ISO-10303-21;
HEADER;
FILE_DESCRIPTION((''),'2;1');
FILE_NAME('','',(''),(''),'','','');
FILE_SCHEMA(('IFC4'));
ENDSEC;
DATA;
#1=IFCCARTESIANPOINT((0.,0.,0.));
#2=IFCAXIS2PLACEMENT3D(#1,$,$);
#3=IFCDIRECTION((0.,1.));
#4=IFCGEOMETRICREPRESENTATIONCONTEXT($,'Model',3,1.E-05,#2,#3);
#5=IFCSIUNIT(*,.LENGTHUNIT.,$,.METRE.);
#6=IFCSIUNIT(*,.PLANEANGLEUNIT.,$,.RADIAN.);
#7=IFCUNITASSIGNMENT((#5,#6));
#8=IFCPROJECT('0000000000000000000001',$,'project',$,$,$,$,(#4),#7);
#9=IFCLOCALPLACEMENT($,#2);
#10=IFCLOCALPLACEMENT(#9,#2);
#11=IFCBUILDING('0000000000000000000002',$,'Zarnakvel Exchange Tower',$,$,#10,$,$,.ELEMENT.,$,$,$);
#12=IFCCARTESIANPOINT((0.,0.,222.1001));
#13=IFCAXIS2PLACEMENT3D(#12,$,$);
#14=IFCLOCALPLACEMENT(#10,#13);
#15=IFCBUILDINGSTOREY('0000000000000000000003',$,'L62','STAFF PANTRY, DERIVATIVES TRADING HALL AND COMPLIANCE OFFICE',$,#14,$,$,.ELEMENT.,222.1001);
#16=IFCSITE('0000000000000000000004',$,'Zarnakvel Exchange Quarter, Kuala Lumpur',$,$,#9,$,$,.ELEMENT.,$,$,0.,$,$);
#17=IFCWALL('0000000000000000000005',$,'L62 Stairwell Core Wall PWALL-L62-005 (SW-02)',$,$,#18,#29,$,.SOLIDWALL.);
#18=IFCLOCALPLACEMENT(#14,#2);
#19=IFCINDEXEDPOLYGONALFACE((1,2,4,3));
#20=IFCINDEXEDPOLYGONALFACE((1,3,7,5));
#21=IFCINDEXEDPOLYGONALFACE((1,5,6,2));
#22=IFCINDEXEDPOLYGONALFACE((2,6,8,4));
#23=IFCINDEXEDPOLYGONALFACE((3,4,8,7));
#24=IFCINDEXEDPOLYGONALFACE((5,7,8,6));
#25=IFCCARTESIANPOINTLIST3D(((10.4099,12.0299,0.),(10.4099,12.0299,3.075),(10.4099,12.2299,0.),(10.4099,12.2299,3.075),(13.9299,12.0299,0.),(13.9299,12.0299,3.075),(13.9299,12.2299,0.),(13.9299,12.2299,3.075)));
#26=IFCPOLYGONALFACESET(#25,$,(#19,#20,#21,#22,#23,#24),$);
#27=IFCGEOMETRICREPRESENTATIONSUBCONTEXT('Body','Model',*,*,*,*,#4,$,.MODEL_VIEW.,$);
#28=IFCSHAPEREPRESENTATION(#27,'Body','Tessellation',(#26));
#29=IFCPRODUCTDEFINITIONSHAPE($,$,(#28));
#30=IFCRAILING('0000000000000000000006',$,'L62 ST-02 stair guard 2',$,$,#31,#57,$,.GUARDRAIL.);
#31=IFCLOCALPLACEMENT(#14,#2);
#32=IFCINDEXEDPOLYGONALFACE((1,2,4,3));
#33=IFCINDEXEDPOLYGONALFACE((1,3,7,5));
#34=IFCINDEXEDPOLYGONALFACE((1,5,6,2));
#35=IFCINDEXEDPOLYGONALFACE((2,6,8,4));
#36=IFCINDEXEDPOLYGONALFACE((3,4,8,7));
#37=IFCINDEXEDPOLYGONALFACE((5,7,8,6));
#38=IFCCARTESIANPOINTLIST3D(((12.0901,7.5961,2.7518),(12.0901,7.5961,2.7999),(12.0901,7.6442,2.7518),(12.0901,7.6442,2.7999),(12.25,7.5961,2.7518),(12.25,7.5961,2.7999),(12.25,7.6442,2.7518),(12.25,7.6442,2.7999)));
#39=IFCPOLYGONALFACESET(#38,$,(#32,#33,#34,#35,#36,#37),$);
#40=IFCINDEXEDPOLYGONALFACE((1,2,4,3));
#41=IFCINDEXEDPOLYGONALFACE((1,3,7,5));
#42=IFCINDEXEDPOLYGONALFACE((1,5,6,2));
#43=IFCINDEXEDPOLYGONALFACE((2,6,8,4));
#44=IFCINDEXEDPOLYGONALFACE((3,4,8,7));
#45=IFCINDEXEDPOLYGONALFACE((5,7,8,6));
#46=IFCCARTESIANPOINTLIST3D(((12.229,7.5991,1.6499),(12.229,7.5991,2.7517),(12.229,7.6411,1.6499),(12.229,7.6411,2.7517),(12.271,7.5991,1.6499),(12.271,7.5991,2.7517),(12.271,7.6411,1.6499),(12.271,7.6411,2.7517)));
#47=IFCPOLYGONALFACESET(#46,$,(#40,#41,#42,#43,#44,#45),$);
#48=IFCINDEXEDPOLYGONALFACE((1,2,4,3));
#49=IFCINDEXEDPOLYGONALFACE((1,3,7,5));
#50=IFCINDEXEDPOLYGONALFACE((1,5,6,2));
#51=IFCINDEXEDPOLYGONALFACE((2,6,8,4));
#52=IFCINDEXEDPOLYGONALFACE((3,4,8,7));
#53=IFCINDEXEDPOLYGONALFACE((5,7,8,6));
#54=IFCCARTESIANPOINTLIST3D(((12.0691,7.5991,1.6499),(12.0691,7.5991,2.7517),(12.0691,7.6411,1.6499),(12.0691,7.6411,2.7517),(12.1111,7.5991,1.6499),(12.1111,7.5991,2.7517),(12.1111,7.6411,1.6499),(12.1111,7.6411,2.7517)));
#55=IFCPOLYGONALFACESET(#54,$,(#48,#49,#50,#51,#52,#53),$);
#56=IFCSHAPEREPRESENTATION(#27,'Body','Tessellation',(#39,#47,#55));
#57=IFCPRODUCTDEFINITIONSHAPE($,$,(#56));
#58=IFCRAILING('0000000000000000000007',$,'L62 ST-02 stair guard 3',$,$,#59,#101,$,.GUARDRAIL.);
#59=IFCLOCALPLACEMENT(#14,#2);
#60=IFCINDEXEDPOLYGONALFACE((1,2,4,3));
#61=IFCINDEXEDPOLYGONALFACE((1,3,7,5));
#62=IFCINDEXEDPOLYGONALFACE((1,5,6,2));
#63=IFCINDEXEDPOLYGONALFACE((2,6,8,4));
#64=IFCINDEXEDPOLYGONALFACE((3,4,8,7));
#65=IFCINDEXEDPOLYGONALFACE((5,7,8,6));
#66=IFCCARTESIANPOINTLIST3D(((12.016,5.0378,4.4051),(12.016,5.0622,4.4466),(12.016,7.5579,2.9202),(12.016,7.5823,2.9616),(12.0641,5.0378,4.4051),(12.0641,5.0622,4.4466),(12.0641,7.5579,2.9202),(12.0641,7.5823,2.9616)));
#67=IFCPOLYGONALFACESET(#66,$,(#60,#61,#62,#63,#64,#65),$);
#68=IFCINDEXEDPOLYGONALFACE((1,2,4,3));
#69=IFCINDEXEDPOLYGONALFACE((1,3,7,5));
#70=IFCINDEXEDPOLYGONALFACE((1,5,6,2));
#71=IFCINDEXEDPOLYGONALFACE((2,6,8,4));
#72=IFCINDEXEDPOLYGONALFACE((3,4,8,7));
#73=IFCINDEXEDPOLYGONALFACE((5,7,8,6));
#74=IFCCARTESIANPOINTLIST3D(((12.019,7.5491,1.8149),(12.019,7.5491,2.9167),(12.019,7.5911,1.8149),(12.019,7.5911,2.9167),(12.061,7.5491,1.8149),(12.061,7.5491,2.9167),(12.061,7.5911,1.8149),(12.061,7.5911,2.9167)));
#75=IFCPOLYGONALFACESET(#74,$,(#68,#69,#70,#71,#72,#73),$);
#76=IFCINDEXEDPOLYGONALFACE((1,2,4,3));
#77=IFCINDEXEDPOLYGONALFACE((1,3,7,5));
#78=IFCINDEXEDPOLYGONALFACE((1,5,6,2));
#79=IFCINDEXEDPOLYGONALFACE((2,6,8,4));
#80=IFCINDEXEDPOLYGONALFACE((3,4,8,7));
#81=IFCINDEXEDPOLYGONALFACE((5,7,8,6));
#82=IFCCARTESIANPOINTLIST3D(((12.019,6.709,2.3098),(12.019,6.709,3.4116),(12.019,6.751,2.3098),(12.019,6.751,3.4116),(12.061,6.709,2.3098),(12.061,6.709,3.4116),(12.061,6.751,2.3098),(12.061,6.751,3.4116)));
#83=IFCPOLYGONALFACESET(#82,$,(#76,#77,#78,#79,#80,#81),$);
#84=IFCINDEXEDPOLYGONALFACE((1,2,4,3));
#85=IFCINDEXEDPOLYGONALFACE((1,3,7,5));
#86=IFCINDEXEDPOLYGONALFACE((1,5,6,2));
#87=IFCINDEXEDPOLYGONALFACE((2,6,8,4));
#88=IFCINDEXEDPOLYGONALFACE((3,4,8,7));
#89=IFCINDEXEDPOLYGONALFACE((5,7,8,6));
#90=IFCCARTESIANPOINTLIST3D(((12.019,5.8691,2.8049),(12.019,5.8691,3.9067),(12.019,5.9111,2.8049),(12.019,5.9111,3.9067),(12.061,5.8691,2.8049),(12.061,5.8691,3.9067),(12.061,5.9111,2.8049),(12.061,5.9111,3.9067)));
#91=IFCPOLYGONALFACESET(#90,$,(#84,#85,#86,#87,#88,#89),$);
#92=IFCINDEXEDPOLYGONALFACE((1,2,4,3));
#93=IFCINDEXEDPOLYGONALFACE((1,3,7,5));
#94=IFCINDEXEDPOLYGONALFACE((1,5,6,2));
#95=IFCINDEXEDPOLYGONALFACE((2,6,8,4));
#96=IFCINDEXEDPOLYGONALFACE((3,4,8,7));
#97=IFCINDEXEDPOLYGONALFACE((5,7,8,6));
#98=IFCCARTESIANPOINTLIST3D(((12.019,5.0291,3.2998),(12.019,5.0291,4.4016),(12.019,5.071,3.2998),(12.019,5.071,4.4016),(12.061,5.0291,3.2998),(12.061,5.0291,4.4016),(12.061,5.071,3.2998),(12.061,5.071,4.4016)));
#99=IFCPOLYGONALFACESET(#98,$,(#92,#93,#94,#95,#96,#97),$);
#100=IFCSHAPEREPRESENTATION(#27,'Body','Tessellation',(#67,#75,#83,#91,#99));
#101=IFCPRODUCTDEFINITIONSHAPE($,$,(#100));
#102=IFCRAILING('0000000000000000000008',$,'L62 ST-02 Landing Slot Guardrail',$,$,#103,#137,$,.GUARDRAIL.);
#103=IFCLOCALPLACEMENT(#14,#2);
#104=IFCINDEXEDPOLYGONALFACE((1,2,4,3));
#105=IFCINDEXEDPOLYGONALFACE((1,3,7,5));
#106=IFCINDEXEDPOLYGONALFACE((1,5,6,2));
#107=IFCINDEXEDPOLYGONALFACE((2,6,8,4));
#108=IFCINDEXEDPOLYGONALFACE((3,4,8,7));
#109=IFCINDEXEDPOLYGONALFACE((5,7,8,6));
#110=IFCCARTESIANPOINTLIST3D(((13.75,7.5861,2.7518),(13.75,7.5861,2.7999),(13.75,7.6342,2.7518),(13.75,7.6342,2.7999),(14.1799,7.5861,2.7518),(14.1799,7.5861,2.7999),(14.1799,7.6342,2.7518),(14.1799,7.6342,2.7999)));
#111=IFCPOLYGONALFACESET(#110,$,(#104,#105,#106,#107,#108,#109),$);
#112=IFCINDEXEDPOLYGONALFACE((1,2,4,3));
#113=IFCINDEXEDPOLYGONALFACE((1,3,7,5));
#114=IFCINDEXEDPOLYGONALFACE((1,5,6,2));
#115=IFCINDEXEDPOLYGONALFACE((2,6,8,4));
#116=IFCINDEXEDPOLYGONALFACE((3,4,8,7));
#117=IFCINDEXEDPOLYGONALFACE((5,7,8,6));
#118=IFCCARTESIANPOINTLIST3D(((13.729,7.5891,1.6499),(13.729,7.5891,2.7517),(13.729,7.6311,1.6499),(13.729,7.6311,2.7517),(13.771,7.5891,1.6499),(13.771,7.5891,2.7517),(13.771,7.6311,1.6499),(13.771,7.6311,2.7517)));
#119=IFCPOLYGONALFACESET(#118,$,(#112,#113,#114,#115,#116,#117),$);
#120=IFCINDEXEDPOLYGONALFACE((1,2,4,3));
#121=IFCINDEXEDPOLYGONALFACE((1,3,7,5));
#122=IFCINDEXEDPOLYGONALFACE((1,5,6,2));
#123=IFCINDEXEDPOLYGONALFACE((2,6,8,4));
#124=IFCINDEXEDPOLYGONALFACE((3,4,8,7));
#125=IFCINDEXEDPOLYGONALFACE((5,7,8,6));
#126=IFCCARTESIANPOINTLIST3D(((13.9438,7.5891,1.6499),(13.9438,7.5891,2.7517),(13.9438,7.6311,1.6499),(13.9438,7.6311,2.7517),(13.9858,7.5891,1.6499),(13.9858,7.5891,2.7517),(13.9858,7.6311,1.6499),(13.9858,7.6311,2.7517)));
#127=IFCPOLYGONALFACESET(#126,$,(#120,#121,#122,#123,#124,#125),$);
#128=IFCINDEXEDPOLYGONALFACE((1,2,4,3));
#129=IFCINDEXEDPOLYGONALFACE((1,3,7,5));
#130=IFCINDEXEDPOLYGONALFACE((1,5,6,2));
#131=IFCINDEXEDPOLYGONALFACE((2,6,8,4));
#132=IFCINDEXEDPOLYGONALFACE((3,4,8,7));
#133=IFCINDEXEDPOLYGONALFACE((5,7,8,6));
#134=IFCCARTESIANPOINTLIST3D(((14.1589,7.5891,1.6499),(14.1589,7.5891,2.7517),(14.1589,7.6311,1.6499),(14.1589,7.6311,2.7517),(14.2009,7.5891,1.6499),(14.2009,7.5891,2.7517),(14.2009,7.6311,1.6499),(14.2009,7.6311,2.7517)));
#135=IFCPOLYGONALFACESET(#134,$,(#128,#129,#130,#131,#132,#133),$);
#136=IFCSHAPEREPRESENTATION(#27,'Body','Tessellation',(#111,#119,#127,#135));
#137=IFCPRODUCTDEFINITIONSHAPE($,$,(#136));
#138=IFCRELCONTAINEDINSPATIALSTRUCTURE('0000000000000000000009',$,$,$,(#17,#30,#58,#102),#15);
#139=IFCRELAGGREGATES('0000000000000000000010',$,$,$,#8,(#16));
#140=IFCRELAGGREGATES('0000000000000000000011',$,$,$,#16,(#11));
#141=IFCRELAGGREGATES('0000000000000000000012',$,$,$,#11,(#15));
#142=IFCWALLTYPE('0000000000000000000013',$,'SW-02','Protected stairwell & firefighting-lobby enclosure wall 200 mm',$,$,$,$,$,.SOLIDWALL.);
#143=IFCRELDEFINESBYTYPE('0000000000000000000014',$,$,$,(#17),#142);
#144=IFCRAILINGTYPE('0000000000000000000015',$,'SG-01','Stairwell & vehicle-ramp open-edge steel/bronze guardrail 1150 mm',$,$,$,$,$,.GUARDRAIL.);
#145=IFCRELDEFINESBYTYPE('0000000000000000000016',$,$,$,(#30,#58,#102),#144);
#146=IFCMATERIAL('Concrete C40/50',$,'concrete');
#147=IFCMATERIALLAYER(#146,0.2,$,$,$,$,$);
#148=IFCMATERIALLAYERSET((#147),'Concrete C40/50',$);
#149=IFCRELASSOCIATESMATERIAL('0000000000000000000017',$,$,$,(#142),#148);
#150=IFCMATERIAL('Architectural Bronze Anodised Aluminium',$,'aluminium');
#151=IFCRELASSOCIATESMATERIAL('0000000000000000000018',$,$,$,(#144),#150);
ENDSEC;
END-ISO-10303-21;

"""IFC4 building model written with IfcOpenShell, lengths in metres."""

from ifc_helpers import new_model, si_unit, direction, frame, frame_2d, origin, origin_2d, place, context, subcontext, project, spatial, rectangle, extrude, material, layer, layer_set, type_object, element, save


model = new_model("IFC4")

# Units and contexts
model_context = context("Model", 3, precision=1e-05, world=origin(), true_north=direction((0.0, 1.0)))
body_context = subcontext(model_context, "Body", "Model", "MODEL_VIEW")
ifc_project = project(units=[si_unit("LENGTHUNIT", "METRE"), si_unit("PLANEANGLEUNIT", "RADIAN")], contexts=[model_context])

# Site, building, storey
site_placement = place(None, origin())
site = spatial("IfcSite", under=ifc_project, at=site_placement, Name="Zarnakvel Exchange Quarter, Kuala Lumpur", CompositionType="ELEMENT", RefElevation=0.0)
building_placement = place(site_placement, origin())
building = spatial("IfcBuilding", under=site, at=building_placement, Name="Zarnakvel Exchange Tower", CompositionType="ELEMENT")
storey_placement = place(building_placement, frame((0.0, 0.0, 222.1001)))
storey = spatial("IfcBuildingStorey", under=building, at=storey_placement, Name="L62", Description="STAFF PANTRY, DERIVATIVES TRADING HALL AND COMPLIANCE OFFICE", CompositionType="ELEMENT", Elevation=222.1001)

# Shared definitions
ifc_material_1 = material(Name="Architectural Bronze Anodised Aluminium", Category="aluminium")

# Wall
ifc_material_2 = material(Name="Concrete C40/50", Category="concrete")
ifc_layer_1 = layer(ifc_material_2, 0.2)
ifc_layer_set_1 = layer_set([ifc_layer_1], Name="Concrete C40/50")
wall_type_1 = type_object("IfcWallType", Name="SW-02", Description="Protected stairwell & firefighting-lobby enclosure wall 200 mm", PredefinedType="SOLIDWALL", material=ifc_layer_set_1)
wall_1_placement = place(storey_placement, frame((10.4099, 12.1299, 0.0), z_axis=(0.0, 0.0, 1.0), x_axis=(1.0, 0.0, 0.0)))
element("IfcWall", 1, at=wall_1_placement, inside=storey, type_object=wall_type_1, Name="L62 Stairwell Core Wall PWALL-L62-005 (SW-02)", PredefinedType="SOLIDWALL", context=body_context, shape_type="SweptSolid", body=[
    extrude(rectangle(XDim=3.52, YDim=0.2, at=frame_2d((1.76, 0.0))), origin(), (0.0, 0.0, 1.0), 3.075),
])

# Railings
railing_type = type_object("IfcRailingType", Name="SG-01", Description="Stairwell & vehicle-ramp open-edge steel/bronze guardrail 1150 mm", PredefinedType="GUARDRAIL", material=ifc_material_1)
railing_1_placement = place(storey_placement, frame((12.25, 7.6201, 1.6499)))
element("IfcRailing", 2, at=railing_1_placement, inside=storey, type_object=railing_type, Name="L62 ST-02 stair guard 2", PredefinedType="GUARDRAIL", context=body_context, shape_type="SweptSolid", body=[
    extrude(rectangle(XDim=0.0481, YDim=0.0481, at=origin_2d()), frame((0.0, 0.0, 1.126), z_axis=(-1.0, 0.0, 0.0), x_axis=(0.0, -1.0, 0.0)), (0.0, 0.0, 1.0), 0.1599),
    extrude(rectangle(XDim=0.042, YDim=0.042, at=origin_2d()), origin(), (0.0, 0.0, 1.0), 1.1018),
    extrude(rectangle(XDim=0.042, YDim=0.042, at=origin_2d()), frame((-0.1599, 0.0, 0.0)), (0.0, 0.0, 1.0), 1.1018),
])
railing_2_placement = place(storey_placement, frame((12.04, 7.5701, 1.8149)))
element("IfcRailing", 3, at=railing_2_placement, inside=storey, type_object=railing_type, Name="L62 ST-02 stair guard 3", PredefinedType="GUARDRAIL", context=body_context, shape_type="SweptSolid", body=[
    extrude(rectangle(XDim=0.0481, YDim=0.0481, at=origin_2d()), frame((0.0, 0.0, 1.126), z_axis=(0.0, -0.861561, 0.507655), x_axis=(1.0, 0.0, 0.0)), (0.0, 0.0, 1.0), 2.925),
    extrude(rectangle(XDim=0.042, YDim=0.042, at=origin_2d()), origin(), (0.0, 0.0, 1.0), 1.1018),
    extrude(rectangle(XDim=0.042, YDim=0.042, at=origin_2d()), frame((0.0, -0.8401, 0.4949)), (0.0, 0.0, 1.0), 1.1018),
    extrude(rectangle(XDim=0.042, YDim=0.042, at=origin_2d()), frame((0.0, -1.6799, 0.99)), (0.0, 0.0, 1.0), 1.1018),
    extrude(rectangle(XDim=0.042, YDim=0.042, at=origin_2d()), frame((0.0, -2.52, 1.4849)), (0.0, 0.0, 1.0), 1.1018),
])
railing_3_placement = place(storey_placement, frame((13.75, 7.6101, 1.6499)))
element("IfcRailing", 4, at=railing_3_placement, inside=storey, type_object=railing_type, Name="L62 ST-02 Landing Slot Guardrail", PredefinedType="GUARDRAIL", context=body_context, shape_type="SweptSolid", body=[
    extrude(rectangle(XDim=0.0481, YDim=0.0481, at=origin_2d()), frame((0.0, 0.0, 1.126), z_axis=(1.0, 0.0, 0.0), x_axis=(0.0, 1.0, 0.0)), (0.0, 0.0, 1.0), 0.4299),
    extrude(rectangle(XDim=0.042, YDim=0.042, at=origin_2d()), origin(), (0.0, 0.0, 1.0), 1.1018),
    extrude(rectangle(XDim=0.042, YDim=0.042, at=origin_2d()), frame((0.2148, 0.0, 0.0)), (0.0, 0.0, 1.0), 1.1018),
    extrude(rectangle(XDim=0.042, YDim=0.042, at=origin_2d()), frame((0.4299, 0.0, 0.0)), (0.0, 0.0, 1.0), 1.1018),
])

save(model, "model.ifc")
